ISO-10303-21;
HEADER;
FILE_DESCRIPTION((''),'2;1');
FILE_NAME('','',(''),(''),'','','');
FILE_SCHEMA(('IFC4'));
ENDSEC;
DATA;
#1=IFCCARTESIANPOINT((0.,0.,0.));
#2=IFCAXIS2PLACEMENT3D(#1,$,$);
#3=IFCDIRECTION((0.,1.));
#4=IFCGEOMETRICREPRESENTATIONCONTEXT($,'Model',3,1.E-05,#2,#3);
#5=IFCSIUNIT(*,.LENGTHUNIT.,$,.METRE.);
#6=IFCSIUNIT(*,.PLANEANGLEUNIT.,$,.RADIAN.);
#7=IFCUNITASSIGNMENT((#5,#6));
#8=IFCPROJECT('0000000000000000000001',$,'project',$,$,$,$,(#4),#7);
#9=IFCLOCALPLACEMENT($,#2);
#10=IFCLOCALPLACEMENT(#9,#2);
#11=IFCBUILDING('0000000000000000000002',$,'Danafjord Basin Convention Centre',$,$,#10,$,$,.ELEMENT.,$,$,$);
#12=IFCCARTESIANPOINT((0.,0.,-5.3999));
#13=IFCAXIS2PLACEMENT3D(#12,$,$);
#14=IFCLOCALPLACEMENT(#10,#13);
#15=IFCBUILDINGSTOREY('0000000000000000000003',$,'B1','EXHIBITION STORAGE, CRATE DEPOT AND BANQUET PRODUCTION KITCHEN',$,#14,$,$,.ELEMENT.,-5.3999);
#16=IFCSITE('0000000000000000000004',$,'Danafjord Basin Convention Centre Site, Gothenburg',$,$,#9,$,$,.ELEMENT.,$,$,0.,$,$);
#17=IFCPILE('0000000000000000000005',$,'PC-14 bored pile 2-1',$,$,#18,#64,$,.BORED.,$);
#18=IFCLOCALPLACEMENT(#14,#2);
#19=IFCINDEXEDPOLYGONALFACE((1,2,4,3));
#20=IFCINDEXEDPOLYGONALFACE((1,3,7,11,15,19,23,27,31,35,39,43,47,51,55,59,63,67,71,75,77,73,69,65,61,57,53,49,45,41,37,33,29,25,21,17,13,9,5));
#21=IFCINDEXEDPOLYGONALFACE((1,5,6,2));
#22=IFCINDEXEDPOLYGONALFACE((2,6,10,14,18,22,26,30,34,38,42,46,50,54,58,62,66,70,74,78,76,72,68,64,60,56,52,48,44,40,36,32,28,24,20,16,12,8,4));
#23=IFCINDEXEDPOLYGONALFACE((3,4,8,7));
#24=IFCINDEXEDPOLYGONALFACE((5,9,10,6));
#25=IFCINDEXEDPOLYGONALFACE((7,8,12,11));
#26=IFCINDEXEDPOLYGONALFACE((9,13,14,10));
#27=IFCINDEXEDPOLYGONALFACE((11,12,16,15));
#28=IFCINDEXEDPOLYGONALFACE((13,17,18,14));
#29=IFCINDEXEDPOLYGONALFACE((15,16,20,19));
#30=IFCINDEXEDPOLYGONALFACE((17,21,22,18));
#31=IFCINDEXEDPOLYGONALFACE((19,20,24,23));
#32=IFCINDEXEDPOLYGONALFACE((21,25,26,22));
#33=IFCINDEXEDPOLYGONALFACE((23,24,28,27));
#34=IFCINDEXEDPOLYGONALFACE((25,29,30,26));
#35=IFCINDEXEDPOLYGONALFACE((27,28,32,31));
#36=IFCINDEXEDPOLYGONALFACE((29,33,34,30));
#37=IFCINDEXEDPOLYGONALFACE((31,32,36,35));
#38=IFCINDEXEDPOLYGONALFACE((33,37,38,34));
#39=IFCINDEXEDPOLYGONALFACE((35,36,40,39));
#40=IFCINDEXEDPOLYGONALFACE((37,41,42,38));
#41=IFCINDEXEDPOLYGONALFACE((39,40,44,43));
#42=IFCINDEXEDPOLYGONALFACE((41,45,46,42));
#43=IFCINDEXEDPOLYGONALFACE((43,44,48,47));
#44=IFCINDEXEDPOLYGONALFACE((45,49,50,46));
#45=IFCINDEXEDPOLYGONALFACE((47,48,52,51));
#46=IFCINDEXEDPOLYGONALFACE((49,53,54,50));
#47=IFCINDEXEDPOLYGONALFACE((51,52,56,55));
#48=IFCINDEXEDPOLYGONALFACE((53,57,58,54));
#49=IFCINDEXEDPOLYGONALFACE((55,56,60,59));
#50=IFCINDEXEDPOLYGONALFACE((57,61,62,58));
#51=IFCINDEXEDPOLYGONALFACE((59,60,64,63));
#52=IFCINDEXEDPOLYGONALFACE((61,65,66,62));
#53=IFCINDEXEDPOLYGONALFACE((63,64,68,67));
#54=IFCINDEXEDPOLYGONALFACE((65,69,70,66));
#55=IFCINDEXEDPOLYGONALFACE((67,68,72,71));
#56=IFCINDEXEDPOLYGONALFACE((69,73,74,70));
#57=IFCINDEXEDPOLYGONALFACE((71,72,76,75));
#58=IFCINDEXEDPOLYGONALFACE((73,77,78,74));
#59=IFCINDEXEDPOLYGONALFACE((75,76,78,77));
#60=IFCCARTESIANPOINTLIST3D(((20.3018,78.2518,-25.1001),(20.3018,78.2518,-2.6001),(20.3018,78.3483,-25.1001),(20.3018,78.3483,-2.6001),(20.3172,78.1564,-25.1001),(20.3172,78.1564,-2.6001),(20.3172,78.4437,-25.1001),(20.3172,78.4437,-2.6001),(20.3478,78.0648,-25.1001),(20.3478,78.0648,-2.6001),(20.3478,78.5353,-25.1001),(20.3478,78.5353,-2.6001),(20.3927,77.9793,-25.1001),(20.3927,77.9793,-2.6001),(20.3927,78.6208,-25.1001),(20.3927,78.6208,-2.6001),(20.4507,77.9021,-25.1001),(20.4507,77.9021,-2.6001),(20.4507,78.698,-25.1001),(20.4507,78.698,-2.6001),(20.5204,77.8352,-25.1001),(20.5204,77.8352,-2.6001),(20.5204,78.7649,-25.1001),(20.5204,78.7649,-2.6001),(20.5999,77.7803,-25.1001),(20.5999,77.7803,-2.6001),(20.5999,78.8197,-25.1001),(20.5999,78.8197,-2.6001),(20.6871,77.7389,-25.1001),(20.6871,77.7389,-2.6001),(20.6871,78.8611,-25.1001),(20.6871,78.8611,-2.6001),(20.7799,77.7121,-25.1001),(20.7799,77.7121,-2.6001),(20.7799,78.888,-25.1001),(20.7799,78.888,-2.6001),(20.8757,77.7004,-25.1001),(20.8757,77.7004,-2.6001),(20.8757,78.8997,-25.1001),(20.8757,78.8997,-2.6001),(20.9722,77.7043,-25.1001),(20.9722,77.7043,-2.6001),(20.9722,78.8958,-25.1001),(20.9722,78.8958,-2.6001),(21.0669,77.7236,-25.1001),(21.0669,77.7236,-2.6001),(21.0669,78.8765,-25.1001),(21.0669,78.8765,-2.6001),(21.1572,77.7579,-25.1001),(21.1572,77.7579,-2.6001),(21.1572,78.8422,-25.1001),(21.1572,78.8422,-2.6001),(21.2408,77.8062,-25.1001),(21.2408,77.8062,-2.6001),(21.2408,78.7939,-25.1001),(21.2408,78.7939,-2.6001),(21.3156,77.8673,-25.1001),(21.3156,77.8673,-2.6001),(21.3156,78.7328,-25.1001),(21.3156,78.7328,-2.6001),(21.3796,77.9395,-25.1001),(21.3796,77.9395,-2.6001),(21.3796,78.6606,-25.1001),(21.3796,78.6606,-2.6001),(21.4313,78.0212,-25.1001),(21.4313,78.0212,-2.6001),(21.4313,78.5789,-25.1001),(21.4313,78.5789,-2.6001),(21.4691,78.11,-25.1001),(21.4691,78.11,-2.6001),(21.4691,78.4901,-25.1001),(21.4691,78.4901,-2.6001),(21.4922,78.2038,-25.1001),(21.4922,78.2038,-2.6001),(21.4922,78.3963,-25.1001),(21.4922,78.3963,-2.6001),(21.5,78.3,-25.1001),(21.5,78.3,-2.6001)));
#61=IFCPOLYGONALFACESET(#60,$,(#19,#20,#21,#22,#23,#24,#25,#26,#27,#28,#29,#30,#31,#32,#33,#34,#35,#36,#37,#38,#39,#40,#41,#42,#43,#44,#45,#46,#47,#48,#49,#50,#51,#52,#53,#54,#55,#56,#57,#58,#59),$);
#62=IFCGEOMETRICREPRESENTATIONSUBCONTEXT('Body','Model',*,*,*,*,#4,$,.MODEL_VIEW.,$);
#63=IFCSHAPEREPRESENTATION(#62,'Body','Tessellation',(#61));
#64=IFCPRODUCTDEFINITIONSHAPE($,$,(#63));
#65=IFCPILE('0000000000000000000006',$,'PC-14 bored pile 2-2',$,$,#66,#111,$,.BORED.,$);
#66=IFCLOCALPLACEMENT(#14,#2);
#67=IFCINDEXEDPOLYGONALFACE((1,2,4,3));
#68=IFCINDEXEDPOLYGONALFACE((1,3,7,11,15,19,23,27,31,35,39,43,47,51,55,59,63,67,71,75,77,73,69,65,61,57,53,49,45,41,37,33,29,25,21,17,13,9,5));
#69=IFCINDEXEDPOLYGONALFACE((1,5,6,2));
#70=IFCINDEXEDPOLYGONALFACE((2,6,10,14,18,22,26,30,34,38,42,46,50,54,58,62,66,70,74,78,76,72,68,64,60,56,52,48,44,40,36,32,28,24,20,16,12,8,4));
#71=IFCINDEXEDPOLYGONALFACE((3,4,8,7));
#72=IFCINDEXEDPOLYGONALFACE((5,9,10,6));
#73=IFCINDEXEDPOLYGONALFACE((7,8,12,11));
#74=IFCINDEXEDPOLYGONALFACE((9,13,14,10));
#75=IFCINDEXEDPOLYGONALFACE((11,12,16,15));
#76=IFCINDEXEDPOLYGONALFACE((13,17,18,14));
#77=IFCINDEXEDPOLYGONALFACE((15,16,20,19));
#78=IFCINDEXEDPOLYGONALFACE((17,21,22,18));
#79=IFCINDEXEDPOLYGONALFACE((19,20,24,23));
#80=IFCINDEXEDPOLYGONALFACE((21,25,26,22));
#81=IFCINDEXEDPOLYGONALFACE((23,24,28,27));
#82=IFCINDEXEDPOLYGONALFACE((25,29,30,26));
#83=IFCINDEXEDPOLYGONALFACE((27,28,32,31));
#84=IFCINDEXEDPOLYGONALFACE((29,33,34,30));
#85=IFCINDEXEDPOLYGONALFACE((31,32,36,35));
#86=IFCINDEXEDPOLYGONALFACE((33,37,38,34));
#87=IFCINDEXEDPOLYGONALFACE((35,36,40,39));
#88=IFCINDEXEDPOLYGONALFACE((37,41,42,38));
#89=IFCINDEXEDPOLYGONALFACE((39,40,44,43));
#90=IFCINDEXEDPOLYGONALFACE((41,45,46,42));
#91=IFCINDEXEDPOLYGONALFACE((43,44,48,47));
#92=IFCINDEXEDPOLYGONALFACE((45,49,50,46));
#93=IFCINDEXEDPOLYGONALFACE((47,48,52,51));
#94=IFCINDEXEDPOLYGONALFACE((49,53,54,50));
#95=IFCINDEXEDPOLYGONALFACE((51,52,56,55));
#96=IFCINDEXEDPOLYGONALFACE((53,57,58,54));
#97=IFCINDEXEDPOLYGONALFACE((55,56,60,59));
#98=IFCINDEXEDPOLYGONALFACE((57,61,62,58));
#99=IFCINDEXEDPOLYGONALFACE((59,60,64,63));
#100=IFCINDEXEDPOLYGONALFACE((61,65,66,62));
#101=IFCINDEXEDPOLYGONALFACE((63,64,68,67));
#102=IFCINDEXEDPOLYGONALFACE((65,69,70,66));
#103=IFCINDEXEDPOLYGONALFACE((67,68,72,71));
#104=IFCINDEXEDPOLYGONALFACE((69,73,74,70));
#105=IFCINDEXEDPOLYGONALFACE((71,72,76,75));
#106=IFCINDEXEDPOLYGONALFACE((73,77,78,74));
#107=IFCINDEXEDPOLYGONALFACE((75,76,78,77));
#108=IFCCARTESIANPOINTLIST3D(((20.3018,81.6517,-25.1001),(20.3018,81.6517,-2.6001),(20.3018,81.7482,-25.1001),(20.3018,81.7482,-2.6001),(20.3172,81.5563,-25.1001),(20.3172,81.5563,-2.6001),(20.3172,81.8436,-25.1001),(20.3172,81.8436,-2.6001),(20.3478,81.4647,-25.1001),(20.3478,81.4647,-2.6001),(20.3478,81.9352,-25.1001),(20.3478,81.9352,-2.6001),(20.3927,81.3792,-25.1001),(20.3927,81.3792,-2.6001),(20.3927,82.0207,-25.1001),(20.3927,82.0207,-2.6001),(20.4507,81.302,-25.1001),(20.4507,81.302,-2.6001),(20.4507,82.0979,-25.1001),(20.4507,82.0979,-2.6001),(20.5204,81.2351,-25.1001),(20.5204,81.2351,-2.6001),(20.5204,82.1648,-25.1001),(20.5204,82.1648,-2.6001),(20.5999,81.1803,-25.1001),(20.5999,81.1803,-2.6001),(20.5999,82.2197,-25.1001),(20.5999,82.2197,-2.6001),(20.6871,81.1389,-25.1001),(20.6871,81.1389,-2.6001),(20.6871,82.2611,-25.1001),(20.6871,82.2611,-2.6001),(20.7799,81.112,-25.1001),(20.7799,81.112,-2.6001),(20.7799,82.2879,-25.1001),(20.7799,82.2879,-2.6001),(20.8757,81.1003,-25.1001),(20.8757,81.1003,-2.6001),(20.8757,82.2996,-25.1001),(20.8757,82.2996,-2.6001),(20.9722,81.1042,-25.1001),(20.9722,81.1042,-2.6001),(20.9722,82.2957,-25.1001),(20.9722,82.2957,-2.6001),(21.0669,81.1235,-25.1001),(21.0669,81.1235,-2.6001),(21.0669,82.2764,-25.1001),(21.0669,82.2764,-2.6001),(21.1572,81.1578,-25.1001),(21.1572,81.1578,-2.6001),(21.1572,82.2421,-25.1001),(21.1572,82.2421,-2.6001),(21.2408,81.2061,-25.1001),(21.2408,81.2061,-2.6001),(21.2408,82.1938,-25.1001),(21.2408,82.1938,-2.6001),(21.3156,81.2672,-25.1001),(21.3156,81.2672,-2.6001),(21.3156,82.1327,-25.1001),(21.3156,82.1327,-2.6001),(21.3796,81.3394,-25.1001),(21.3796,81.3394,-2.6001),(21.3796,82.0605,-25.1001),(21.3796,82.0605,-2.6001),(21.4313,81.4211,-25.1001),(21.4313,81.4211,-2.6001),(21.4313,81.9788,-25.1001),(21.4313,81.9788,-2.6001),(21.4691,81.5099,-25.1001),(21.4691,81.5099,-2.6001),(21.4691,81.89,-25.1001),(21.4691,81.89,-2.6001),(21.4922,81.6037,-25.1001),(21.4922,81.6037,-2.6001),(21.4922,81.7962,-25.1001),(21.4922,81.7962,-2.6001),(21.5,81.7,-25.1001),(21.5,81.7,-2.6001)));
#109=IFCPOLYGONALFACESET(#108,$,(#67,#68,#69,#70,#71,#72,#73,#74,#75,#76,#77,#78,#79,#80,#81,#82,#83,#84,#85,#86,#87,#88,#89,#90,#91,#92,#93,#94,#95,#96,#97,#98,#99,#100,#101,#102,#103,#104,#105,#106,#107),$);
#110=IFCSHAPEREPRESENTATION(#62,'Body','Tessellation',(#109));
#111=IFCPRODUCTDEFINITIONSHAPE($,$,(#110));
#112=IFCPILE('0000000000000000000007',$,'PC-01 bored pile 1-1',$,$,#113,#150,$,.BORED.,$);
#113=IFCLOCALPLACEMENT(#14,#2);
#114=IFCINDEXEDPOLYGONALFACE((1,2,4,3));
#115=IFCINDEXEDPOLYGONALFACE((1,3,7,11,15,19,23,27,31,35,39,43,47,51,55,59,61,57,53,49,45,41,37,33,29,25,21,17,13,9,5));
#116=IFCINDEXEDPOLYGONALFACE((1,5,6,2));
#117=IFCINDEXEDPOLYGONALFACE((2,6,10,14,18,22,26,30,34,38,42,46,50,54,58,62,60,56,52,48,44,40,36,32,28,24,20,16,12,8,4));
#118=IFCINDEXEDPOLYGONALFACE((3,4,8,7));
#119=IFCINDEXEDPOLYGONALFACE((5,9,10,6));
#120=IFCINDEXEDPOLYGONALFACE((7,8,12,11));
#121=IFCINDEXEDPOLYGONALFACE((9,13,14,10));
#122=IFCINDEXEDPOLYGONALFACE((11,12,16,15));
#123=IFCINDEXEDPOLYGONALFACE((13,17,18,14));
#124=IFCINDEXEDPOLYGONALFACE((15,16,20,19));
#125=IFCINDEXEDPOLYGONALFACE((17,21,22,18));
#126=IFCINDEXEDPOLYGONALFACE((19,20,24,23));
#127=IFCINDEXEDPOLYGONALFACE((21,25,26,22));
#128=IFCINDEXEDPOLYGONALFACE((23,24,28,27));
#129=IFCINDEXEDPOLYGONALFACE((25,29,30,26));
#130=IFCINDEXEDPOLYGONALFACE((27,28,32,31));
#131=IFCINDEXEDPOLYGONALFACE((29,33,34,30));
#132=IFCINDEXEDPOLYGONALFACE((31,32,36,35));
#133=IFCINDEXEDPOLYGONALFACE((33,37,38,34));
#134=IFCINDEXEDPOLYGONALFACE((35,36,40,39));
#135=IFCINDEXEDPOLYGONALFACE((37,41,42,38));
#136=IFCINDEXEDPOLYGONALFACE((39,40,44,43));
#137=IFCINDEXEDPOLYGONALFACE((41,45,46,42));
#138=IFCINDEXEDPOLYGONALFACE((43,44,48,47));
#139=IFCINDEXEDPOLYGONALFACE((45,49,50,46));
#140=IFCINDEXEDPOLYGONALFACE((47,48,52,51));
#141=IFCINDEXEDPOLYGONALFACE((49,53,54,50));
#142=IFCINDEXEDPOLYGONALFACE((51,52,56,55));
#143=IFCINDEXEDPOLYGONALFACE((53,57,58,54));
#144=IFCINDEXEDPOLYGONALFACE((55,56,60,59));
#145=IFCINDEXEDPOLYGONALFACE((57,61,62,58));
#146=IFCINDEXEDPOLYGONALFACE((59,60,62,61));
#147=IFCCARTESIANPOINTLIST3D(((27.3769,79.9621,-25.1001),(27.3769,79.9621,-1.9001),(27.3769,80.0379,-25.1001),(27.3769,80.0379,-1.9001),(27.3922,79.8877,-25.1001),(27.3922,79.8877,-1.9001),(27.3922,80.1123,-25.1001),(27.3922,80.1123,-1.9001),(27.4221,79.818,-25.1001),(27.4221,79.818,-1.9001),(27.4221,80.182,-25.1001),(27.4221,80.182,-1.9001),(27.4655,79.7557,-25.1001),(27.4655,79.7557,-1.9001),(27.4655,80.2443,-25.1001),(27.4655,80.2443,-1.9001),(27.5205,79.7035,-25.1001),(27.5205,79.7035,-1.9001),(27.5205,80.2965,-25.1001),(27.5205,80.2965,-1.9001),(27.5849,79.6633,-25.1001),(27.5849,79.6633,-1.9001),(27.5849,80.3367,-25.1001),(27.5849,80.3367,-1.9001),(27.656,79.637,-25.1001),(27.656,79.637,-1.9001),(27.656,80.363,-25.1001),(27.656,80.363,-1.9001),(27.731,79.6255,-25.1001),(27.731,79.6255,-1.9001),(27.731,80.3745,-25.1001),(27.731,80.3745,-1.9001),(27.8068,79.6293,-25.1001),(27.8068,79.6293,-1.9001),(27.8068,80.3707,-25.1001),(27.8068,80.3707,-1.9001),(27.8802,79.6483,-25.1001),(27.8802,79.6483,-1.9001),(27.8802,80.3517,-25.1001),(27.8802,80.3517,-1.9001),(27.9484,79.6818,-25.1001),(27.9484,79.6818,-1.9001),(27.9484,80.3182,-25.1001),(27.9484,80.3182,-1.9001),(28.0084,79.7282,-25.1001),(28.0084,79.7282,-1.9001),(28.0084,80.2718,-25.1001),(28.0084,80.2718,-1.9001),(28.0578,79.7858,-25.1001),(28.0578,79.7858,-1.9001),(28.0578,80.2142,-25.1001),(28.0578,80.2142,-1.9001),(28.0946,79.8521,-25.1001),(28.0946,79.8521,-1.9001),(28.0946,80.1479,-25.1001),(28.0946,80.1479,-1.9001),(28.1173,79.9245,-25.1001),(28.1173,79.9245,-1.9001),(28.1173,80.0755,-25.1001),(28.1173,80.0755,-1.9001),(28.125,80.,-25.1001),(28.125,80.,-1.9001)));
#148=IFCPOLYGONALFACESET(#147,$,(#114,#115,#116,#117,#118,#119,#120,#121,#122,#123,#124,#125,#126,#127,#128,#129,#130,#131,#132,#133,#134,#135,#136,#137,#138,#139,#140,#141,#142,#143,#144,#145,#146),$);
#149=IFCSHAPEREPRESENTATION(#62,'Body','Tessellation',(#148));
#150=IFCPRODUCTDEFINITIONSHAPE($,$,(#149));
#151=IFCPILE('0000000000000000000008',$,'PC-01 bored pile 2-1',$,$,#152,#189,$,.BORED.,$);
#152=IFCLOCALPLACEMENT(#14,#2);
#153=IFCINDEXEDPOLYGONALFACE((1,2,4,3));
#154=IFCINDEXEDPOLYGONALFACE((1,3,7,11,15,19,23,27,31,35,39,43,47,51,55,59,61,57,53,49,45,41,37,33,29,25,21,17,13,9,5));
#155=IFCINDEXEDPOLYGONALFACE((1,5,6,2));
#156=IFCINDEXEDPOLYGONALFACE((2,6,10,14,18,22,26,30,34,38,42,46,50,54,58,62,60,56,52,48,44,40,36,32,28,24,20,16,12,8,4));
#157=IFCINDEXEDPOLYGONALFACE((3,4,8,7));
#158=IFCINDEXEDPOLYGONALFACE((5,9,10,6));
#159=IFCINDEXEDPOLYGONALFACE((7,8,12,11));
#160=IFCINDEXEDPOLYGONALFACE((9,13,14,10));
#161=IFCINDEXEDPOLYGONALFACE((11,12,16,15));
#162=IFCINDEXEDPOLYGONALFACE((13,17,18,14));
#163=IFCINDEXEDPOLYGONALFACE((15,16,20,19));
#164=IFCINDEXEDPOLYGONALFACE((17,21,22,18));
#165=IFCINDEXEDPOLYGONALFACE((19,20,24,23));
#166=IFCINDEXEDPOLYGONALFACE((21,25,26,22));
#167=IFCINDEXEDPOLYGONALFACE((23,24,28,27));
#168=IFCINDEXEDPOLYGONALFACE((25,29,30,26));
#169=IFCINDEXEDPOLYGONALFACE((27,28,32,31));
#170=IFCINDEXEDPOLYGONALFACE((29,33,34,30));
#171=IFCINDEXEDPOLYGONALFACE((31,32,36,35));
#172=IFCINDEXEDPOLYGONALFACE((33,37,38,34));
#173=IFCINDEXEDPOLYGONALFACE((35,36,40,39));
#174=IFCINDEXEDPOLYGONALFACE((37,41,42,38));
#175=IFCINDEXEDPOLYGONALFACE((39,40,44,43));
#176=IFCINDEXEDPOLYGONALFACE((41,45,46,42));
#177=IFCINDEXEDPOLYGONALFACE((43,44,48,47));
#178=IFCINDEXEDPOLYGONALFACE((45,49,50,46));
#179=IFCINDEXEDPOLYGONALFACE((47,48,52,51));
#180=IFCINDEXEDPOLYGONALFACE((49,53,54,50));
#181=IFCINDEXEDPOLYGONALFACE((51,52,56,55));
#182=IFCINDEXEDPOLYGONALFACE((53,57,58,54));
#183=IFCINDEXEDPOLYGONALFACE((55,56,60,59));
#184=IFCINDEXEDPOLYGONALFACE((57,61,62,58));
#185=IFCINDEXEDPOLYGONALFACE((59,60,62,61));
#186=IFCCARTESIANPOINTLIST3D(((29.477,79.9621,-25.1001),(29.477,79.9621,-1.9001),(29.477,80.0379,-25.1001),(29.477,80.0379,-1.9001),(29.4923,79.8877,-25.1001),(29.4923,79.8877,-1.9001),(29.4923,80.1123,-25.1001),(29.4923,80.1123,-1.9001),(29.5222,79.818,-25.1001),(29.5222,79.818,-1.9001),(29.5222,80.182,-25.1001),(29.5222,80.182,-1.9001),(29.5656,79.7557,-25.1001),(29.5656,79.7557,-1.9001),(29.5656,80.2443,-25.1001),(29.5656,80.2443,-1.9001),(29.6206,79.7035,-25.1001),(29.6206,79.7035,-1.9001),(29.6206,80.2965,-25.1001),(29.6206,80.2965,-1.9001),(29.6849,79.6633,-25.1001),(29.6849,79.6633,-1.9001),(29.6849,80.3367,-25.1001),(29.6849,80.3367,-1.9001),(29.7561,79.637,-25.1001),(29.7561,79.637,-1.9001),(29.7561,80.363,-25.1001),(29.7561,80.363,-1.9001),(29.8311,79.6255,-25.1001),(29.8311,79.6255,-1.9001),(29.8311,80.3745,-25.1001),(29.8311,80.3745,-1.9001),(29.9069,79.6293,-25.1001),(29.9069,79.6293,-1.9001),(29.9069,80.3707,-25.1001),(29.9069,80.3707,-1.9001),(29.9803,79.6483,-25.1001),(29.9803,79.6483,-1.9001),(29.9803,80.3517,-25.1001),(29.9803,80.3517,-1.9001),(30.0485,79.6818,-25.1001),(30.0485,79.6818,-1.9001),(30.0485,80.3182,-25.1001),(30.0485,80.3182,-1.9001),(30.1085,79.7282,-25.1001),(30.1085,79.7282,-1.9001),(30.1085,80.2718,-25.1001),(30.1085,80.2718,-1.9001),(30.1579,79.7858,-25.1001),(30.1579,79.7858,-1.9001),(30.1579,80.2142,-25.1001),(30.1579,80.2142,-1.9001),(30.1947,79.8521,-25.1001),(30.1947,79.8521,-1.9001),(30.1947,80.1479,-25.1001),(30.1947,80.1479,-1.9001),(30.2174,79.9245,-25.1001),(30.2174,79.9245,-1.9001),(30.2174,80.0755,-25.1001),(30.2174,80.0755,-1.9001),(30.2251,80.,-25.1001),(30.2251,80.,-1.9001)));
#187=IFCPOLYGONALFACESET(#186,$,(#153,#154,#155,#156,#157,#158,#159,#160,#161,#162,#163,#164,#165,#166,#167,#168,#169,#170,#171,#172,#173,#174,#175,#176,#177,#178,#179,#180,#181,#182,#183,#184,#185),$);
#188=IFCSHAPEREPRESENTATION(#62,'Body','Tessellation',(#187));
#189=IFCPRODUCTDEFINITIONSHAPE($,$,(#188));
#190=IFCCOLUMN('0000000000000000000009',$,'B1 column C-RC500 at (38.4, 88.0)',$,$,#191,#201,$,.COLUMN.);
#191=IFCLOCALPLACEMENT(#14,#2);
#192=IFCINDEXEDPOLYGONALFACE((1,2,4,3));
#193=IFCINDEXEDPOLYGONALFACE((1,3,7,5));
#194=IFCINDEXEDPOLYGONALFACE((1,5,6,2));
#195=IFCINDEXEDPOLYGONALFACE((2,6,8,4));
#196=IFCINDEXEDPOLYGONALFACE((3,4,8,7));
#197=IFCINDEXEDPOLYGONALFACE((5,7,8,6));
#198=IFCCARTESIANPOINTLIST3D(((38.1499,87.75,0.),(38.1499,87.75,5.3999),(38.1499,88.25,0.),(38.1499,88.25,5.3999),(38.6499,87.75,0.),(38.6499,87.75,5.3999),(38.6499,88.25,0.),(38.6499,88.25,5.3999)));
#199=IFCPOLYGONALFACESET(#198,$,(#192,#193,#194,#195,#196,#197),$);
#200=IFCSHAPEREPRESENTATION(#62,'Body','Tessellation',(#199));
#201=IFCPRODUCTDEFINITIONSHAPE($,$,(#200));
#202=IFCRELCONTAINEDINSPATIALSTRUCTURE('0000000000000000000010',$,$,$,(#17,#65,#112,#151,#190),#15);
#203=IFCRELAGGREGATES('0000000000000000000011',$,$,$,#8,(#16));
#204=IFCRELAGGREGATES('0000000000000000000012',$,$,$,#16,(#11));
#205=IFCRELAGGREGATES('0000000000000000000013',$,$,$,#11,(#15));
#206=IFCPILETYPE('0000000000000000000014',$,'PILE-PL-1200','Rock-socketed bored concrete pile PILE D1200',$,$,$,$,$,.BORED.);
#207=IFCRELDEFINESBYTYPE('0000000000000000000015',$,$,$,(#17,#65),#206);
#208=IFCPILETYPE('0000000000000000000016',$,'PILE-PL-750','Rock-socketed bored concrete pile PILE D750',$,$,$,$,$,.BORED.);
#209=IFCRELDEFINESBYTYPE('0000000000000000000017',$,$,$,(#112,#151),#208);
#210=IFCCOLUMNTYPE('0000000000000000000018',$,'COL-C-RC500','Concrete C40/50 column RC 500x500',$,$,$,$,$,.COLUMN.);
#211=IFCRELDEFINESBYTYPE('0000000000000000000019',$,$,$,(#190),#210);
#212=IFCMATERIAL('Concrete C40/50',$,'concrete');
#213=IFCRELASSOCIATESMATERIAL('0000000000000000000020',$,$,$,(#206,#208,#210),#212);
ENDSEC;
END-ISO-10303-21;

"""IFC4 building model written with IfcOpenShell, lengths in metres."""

from ifc_helpers import new_model, si_unit, direction, frame, origin, origin_2d, place, context, subcontext, project, spatial, rectangle, circle, extrude, material, material_profile, profile_set, type_object, element, save


model = new_model("IFC4")

# Units and contexts
model_context = context("Model", 3, precision=1e-05, world=origin(), true_north=direction((0.0, 1.0)))
body_context = subcontext(model_context, "Body", "Model", "MODEL_VIEW")
ifc_project = project(units=[si_unit("LENGTHUNIT", "METRE"), si_unit("PLANEANGLEUNIT", "RADIAN")], contexts=[model_context])

# Site, building, storey
site_placement = place(None, origin())
site = spatial("IfcSite", under=ifc_project, at=site_placement, Name="Danafjord Basin Convention Centre Site, Gothenburg", CompositionType="ELEMENT", RefElevation=0.0)
building_placement = place(site_placement, origin())
building = spatial("IfcBuilding", under=site, at=building_placement, Name="Danafjord Basin Convention Centre", CompositionType="ELEMENT")
storey_placement = place(building_placement, frame((0.0, 0.0, -5.3999)))
storey = spatial("IfcBuildingStorey", under=building, at=storey_placement, Name="B1", Description="EXHIBITION STORAGE, CRATE DEPOT AND BANQUET PRODUCTION KITCHEN", CompositionType="ELEMENT", Elevation=-5.3999)

# Shared definitions
ifc_material_1 = material(Name="Concrete C40/50", Category="concrete")

# Piles
ifc_material_profile_1 = material_profile(ifc_material_1, circle(Radius=0.6001, at=origin_2d()), Name="PILE D1200")
ifc_profile_set_1 = profile_set([ifc_material_profile_1], Name="Concrete C40/50")
pile_type_1 = type_object("IfcPileType", Name="PILE-PL-1200", Description="Rock-socketed bored concrete pile PILE D1200", PredefinedType="BORED", material=ifc_profile_set_1)
for number, where, z_axis, x_axis, name in (
    (1, (20.8999, 78.3, -2.6001), (0.0, 0.0, -1.0), (1.0, 0.0, 0.0), "PC-14 bored pile 2-1"),
    (2, (20.8999, 81.7, -2.6001), (0.0, 0.0, -1.0), (1.0, 0.0, 0.0), "PC-14 bored pile 2-2"),
):
    element("IfcPile", number, at=place(storey_placement, frame(where, z_axis=z_axis, x_axis=x_axis)), inside=storey, type_object=pile_type_1, Name=name, PredefinedType="BORED", context=body_context, shape_type="SweptSolid", body=[
        extrude(circle(Radius=0.6001, at=origin_2d()), origin(), (0.0, 0.0, 1.0), 22.5),
    ])
ifc_material_profile_2 = material_profile(ifc_material_1, circle(Radius=0.375, at=origin_2d()), Name="PILE D750")
ifc_profile_set_2 = profile_set([ifc_material_profile_2], Name="Concrete C40/50")
pile_type_2 = type_object("IfcPileType", Name="PILE-PL-750", Description="Rock-socketed bored concrete pile PILE D750", PredefinedType="BORED", material=ifc_profile_set_2)
for number, where, z_axis, x_axis, name in (
    (3, (27.75, 80.0, -1.9001), (0.0, 0.0, -1.0), (1.0, 0.0, 0.0), "PC-01 bored pile 1-1"),
    (4, (29.8501, 80.0, -1.9001), (0.0, 0.0, -1.0), (1.0, 0.0, 0.0), "PC-01 bored pile 2-1"),
):
    element("IfcPile", number, at=place(storey_placement, frame(where, z_axis=z_axis, x_axis=x_axis)), inside=storey, type_object=pile_type_2, Name=name, PredefinedType="BORED", context=body_context, shape_type="SweptSolid", body=[
        extrude(circle(Radius=0.375, at=origin_2d()), origin(), (0.0, 0.0, 1.0), 23.2),
    ])

# Column
ifc_material_profile_3 = material_profile(ifc_material_1, rectangle(XDim=0.5, YDim=0.5, at=origin_2d()), Name="RC 500x500")
ifc_profile_set_3 = profile_set([ifc_material_profile_3], Name="Concrete C40/50")
column_type_1 = type_object("IfcColumnType", Name="COL-C-RC500", Description="Concrete C40/50 column RC 500x500", PredefinedType="COLUMN", material=ifc_profile_set_3)
column_placement = place(storey_placement, frame((38.3999, 88.0, 0.0), z_axis=(0.0, 0.0, 1.0), x_axis=(1.0, 0.0, 0.0)))
element("IfcColumn", 5, at=column_placement, inside=storey, type_object=column_type_1, Name="B1 column C-RC500 at (38.4, 88.0)", PredefinedType="COLUMN", context=body_context, shape_type="SweptSolid", body=[
    extrude(rectangle(XDim=0.5, YDim=0.5, at=origin_2d()), origin(), (0.0, 0.0, 1.0), 5.3999),
])

save(model, "model.ifc")
